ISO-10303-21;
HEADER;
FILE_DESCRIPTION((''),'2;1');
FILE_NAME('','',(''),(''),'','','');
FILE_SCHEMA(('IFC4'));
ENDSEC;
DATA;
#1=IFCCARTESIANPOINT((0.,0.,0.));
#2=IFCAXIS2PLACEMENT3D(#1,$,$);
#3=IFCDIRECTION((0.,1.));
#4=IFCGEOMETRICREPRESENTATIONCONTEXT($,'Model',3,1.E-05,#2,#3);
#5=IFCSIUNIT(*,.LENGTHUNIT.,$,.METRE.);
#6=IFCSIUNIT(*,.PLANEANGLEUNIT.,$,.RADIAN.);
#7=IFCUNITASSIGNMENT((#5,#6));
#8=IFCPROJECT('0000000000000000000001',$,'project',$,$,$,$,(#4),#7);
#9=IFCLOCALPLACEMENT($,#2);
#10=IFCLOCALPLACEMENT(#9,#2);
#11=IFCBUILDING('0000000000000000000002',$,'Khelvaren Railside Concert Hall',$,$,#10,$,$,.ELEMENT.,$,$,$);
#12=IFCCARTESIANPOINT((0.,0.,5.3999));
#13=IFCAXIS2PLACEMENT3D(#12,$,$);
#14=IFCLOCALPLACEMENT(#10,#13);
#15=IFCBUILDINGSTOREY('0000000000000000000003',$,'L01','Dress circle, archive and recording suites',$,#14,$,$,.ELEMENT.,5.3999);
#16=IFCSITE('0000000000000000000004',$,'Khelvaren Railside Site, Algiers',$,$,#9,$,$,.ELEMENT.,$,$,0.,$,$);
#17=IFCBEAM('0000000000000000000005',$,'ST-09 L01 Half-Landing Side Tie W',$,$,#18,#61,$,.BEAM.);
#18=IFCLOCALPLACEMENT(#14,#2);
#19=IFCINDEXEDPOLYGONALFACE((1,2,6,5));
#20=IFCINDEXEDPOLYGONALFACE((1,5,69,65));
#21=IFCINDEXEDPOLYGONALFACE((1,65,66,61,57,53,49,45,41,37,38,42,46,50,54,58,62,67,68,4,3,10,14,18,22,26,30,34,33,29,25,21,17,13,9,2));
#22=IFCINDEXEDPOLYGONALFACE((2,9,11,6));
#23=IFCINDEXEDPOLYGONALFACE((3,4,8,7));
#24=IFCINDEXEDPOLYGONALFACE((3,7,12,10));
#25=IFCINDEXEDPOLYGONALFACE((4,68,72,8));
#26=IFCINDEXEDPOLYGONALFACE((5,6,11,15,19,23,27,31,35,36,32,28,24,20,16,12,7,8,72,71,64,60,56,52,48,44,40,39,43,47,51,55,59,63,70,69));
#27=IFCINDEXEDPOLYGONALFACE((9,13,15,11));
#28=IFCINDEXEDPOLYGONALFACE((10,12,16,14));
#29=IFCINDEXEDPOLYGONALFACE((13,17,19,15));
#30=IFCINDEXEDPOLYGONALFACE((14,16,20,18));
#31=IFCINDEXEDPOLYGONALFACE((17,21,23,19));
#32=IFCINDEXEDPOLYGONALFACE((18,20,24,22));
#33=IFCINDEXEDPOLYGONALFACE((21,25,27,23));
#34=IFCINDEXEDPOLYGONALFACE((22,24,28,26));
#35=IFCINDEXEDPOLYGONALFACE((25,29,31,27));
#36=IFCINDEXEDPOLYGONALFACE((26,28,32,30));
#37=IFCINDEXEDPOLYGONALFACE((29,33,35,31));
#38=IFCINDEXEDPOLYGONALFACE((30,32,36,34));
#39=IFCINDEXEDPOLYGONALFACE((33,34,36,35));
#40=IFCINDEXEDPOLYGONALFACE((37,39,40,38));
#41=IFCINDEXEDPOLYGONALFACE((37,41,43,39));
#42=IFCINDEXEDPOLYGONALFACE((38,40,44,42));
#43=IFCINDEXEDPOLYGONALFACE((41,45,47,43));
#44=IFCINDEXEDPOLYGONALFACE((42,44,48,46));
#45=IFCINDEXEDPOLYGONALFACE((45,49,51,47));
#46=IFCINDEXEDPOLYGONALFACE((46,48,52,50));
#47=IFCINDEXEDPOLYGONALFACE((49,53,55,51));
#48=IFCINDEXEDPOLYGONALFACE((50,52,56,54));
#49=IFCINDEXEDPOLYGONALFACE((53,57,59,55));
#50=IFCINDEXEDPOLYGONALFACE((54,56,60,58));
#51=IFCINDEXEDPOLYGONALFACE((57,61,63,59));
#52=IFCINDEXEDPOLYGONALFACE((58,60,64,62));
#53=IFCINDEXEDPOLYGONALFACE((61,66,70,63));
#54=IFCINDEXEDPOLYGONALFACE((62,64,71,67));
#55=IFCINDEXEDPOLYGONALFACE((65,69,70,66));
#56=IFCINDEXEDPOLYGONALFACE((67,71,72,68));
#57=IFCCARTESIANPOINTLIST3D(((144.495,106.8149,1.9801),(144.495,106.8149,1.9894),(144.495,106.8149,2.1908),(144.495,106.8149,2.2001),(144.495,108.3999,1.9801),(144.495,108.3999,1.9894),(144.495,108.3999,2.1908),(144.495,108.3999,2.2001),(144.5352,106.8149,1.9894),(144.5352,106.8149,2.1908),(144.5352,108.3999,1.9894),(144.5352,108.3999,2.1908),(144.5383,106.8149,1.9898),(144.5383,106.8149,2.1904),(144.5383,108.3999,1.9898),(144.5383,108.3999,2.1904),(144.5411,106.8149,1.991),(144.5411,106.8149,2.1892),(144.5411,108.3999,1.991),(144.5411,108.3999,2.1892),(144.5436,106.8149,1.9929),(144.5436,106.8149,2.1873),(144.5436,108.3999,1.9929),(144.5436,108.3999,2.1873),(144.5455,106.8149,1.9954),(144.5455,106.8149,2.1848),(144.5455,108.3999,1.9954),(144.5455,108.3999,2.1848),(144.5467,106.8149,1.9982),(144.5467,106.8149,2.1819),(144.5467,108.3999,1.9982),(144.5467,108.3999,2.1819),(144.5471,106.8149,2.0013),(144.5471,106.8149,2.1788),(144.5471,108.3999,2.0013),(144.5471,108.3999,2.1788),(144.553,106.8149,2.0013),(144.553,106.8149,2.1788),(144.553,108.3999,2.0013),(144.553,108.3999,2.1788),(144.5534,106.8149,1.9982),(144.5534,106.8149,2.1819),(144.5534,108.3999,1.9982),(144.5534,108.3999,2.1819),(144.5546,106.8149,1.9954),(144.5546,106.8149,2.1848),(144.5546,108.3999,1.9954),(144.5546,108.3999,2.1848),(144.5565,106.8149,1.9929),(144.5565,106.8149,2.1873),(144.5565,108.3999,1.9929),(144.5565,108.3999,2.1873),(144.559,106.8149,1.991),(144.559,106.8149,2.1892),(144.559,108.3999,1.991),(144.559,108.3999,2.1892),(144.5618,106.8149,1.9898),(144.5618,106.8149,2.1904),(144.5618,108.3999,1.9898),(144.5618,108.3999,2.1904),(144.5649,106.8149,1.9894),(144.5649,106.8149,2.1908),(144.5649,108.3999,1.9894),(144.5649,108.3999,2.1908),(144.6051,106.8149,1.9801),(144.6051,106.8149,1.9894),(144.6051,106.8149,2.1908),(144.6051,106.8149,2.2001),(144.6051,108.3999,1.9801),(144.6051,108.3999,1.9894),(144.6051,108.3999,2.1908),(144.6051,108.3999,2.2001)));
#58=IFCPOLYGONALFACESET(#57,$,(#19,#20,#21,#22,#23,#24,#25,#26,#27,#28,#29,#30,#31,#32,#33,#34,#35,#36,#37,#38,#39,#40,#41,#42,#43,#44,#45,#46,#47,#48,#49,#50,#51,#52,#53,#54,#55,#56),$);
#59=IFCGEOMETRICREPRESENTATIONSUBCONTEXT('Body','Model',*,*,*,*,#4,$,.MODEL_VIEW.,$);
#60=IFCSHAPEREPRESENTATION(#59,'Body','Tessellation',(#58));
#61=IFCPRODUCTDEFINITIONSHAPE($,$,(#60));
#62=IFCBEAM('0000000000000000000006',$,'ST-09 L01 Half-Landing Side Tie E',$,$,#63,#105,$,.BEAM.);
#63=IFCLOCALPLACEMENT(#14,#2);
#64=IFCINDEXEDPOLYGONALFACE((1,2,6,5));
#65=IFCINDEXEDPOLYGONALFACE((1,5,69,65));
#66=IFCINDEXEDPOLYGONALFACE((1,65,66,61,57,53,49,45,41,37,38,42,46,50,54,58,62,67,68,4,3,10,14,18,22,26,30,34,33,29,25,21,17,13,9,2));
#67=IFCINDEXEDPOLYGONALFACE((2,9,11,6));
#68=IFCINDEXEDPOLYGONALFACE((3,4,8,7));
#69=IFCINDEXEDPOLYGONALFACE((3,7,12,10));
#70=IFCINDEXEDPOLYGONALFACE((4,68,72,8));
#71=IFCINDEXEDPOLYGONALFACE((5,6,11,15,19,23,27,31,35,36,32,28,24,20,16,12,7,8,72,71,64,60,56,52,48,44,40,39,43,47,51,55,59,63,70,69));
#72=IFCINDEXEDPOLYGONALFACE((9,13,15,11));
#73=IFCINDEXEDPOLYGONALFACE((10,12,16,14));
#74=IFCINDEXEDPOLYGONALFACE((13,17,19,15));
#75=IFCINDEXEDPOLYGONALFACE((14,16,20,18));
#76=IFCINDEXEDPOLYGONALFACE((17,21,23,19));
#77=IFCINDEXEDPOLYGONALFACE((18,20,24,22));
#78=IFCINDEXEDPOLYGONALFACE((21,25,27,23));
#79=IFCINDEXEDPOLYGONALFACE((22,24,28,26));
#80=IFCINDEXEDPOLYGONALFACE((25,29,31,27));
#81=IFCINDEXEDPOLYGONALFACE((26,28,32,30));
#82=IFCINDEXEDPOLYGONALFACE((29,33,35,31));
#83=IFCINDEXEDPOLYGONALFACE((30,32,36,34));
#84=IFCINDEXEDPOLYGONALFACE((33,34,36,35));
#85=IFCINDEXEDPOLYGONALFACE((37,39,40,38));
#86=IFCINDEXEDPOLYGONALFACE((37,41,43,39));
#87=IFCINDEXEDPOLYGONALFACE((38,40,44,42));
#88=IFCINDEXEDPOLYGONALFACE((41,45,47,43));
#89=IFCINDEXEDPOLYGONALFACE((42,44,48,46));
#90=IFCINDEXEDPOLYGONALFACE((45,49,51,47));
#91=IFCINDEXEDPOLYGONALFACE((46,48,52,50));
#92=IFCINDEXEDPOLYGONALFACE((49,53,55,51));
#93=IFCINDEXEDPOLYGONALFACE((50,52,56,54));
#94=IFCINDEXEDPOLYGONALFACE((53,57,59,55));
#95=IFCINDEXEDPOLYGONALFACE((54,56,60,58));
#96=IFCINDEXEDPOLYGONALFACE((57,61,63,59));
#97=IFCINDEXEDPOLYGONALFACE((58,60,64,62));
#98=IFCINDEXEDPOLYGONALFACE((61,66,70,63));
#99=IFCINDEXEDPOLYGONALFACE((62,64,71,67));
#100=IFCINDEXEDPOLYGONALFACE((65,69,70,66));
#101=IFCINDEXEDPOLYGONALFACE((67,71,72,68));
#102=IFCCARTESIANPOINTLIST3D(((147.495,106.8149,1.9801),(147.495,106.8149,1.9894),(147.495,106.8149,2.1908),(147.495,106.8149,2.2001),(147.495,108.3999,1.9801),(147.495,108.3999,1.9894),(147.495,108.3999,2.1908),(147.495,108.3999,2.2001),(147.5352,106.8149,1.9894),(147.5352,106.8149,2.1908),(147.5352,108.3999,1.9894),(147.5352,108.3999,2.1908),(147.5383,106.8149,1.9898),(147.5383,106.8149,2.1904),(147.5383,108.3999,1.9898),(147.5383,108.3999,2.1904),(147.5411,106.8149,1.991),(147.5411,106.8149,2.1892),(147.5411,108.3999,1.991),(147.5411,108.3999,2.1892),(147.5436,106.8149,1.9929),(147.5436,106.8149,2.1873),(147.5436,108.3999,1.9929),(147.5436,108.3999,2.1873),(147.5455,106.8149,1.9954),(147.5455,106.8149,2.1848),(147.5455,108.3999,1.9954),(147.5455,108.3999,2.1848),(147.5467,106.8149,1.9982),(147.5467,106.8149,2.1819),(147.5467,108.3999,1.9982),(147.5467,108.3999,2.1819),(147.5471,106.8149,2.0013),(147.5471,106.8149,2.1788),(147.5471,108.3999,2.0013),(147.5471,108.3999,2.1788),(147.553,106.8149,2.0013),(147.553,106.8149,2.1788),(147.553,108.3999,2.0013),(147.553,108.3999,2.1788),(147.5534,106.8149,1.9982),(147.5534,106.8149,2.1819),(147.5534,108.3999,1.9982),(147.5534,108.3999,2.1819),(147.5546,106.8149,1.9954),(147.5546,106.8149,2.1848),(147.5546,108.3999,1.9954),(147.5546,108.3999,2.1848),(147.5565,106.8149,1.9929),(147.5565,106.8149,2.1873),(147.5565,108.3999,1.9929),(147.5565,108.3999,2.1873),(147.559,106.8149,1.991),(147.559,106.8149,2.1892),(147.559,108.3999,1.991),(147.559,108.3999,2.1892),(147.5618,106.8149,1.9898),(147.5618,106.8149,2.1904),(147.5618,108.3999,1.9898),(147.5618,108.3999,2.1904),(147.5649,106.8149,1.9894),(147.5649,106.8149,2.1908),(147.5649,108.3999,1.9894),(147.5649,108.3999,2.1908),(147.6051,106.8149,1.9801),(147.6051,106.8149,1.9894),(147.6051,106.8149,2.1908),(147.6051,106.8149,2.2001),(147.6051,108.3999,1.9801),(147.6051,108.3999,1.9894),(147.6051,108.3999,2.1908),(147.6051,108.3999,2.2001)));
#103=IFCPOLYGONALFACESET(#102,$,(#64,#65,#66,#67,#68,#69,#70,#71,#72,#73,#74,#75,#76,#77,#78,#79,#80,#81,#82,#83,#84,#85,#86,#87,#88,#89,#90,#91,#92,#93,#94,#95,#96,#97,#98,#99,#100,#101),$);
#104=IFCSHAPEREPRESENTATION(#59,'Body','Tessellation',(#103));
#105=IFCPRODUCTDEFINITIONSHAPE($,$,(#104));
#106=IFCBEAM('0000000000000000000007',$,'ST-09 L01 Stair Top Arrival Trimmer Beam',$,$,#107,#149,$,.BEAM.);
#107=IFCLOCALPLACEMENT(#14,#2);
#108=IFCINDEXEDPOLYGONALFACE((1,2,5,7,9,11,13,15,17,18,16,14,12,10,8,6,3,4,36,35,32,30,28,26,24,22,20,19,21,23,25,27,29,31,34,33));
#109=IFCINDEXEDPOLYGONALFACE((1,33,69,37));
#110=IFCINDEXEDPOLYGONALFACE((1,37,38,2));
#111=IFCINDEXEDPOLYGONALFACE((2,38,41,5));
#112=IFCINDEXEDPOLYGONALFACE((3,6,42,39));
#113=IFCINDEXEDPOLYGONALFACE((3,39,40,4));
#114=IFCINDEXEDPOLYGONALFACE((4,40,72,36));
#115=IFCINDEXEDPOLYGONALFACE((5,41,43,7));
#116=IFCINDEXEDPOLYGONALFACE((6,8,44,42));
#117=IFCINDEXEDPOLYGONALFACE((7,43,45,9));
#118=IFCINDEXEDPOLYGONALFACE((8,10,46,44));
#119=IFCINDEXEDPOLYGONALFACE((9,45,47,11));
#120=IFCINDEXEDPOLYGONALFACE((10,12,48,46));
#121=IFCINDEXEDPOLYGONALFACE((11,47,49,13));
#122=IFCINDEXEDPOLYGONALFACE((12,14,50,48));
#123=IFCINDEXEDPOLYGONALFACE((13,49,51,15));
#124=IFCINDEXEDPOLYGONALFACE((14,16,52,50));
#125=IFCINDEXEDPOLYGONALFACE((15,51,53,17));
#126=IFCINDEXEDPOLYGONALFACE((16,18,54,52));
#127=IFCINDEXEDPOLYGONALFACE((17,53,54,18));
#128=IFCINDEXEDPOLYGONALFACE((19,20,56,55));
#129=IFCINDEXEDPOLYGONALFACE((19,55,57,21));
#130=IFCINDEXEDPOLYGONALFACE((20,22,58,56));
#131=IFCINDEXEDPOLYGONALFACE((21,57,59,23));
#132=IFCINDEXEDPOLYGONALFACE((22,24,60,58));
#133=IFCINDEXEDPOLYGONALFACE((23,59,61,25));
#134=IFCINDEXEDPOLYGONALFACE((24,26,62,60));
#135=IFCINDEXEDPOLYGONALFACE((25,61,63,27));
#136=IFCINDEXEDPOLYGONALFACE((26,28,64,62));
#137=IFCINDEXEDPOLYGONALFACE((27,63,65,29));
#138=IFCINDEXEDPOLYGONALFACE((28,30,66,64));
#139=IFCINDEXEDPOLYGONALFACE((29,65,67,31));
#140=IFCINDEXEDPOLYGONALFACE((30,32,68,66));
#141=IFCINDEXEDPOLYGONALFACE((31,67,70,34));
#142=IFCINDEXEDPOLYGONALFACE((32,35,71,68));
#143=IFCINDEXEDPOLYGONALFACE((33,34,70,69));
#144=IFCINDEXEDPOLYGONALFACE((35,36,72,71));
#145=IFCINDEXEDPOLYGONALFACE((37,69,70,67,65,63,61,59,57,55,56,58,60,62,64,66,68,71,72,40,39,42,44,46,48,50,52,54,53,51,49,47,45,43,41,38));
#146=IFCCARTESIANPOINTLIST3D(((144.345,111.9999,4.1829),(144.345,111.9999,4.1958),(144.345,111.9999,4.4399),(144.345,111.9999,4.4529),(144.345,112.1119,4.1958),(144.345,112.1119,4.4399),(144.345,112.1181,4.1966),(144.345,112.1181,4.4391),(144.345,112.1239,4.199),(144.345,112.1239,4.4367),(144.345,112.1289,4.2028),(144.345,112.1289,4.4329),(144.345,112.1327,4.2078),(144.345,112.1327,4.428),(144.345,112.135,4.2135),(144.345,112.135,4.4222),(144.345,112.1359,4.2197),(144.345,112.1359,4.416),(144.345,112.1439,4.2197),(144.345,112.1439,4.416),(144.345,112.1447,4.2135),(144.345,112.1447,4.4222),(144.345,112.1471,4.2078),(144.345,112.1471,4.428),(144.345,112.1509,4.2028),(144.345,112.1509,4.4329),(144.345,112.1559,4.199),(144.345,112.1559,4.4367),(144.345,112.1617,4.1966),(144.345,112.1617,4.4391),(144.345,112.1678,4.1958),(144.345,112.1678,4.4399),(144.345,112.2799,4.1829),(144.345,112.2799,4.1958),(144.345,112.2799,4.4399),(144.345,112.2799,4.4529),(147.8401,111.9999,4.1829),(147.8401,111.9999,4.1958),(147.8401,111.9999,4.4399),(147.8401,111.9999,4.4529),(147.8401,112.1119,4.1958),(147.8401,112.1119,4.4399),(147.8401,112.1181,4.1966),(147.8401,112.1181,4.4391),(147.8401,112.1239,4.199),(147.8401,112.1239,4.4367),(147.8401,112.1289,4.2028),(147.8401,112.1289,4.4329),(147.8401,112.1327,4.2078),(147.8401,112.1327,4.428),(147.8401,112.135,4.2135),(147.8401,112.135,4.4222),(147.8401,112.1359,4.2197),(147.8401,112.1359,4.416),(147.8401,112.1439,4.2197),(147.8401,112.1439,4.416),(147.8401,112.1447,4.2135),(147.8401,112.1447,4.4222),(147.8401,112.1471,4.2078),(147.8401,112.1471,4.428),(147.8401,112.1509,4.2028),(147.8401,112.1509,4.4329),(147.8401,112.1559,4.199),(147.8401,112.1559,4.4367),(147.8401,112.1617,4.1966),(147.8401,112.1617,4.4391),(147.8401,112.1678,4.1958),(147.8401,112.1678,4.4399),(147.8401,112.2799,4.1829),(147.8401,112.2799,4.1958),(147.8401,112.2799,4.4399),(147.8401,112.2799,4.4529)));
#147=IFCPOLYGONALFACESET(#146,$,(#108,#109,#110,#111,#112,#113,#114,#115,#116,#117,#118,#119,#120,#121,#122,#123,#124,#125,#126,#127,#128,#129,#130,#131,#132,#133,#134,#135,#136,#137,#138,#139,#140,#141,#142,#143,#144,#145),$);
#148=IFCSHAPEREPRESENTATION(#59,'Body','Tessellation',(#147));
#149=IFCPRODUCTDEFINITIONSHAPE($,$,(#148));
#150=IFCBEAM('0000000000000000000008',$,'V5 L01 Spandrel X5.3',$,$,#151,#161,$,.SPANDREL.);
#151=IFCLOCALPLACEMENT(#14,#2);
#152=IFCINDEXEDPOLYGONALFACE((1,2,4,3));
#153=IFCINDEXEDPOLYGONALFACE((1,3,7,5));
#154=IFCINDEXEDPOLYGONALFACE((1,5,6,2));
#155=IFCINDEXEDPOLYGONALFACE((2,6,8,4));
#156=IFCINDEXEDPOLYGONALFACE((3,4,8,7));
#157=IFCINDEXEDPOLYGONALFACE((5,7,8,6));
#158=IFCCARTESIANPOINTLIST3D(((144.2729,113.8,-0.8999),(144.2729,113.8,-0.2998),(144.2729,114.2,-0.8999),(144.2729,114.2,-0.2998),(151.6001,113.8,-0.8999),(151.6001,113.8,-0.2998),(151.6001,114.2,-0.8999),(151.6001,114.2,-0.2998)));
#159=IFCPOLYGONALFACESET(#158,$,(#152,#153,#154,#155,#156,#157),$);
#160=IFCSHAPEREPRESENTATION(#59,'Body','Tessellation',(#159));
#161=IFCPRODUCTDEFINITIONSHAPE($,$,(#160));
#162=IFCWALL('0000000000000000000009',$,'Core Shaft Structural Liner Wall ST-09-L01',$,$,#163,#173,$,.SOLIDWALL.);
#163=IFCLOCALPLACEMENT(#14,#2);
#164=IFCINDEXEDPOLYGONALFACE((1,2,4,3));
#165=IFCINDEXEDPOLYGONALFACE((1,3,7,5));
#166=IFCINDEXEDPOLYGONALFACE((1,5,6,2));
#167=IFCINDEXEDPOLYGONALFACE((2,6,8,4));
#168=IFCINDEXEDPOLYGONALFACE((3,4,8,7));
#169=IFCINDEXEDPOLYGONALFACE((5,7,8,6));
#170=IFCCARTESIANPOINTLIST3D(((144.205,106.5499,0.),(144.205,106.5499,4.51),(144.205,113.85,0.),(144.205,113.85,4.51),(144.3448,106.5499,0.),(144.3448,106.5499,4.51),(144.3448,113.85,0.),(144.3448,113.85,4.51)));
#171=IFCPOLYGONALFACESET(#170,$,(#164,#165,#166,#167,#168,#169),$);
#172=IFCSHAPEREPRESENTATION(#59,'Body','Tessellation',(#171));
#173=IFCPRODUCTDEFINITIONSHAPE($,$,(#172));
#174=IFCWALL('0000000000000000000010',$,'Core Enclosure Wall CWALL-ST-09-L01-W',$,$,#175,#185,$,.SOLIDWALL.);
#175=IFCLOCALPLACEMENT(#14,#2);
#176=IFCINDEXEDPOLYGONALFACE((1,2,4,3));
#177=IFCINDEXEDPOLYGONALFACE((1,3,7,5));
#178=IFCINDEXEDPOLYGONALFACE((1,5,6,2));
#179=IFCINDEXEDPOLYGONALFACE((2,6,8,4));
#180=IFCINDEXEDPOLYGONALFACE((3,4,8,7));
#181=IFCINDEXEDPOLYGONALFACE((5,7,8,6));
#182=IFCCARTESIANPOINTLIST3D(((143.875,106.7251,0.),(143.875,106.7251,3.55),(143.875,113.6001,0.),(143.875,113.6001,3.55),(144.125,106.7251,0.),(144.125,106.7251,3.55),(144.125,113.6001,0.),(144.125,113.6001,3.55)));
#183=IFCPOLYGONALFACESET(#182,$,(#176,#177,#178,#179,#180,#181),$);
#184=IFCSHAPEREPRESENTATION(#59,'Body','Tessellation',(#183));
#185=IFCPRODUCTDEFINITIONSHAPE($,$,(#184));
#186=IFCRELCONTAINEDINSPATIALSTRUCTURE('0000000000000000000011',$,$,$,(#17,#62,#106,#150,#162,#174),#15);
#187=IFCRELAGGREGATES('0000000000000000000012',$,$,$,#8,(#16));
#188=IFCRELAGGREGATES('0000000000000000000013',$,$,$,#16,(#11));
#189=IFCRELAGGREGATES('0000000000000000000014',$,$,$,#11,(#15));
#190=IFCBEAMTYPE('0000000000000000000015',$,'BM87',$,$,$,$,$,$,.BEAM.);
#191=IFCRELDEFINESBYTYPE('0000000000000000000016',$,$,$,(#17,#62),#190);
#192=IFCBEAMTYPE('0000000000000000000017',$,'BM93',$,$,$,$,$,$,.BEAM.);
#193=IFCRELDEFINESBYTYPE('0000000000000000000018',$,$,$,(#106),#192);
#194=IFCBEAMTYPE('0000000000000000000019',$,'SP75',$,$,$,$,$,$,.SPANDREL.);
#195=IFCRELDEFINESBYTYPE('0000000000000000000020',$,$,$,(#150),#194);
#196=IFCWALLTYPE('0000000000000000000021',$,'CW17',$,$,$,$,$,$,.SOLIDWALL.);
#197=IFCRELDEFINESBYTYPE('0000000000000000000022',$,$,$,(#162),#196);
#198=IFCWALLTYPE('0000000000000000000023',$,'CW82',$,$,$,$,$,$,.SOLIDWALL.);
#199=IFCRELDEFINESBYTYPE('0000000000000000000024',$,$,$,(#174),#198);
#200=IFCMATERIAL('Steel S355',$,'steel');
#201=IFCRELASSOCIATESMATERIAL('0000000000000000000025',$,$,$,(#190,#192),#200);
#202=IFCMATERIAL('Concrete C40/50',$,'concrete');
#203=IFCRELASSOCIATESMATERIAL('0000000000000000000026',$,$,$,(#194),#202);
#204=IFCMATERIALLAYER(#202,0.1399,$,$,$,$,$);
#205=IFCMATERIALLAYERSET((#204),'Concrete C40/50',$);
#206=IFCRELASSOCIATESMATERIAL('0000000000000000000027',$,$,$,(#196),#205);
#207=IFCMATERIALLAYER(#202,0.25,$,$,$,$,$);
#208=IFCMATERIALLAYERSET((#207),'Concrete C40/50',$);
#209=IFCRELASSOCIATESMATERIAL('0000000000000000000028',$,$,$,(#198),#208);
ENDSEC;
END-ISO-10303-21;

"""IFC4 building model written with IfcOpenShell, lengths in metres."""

from ifc_helpers import new_model, si_unit, direction, frame, frame_2d, origin, origin_2d, place, context, subcontext, project, spatial, rectangle, i_section, extrude, material, layer, layer_set, material_profile, profile_set, type_object, element, save


model = new_model("IFC4")

# Units and contexts
model_context = context("Model", 3, precision=1e-05, world=origin(), true_north=direction((0.0, 1.0)))
body_context = subcontext(model_context, "Body", "Model", "MODEL_VIEW")
ifc_project = project(units=[si_unit("LENGTHUNIT", "METRE"), si_unit("PLANEANGLEUNIT", "RADIAN")], contexts=[model_context])

# Site, building, storey
site_placement = place(None, origin())
site = spatial("IfcSite", under=ifc_project, at=site_placement, Name="Khelvaren Railside Site, Algiers", CompositionType="ELEMENT", RefElevation=0.0)
building_placement = place(site_placement, origin())
building = spatial("IfcBuilding", under=site, at=building_placement, Name="Khelvaren Railside Concert Hall", CompositionType="ELEMENT")
storey_placement = place(building_placement, frame((0.0, 0.0, 5.3999)))
storey = spatial("IfcBuildingStorey", under=building, at=storey_placement, Name="L01", Description="Dress circle, archive and recording suites", CompositionType="ELEMENT", Elevation=5.3999)

# Beams
ifc_material_1 = material(Name="Steel S355", Category="steel")
ifc_material_2 = material(Name="Concrete C40/50", Category="concrete")
ifc_material_profile_1 = material_profile(ifc_material_1, i_section(OverallWidth=0.1101, OverallDepth=0.22, WebThickness=0.0059, FlangeThickness=0.0093, FilletRadius=0.012, at=origin_2d()), Name="IPE 220")
ifc_profile_set_1 = profile_set([ifc_material_profile_1], Name="Steel S355")
beam_type_1 = type_object("IfcBeamType", Name="BM87", PredefinedType="BEAM", material=ifc_profile_set_1)
for number, where, z_axis, x_axis, name in (
    (1, (144.55, 106.8149, 2.0901), (0.0, 1.0, 0.0), (-1.0, 0.0, 0.0), "ST-09 L01 Half-Landing Side Tie W"),
    (2, (147.55, 106.8149, 2.0901), (0.0, 1.0, 0.0), (-1.0, 0.0, 0.0), "ST-09 L01 Half-Landing Side Tie E"),
):
    element("IfcBeam", number, at=place(storey_placement, frame(where, z_axis=z_axis, x_axis=x_axis)), inside=storey, type_object=beam_type_1, Name=name, PredefinedType="BEAM", context=body_context, shape_type="SweptSolid", body=[
        extrude(i_section(OverallWidth=0.1101, OverallDepth=0.22, WebThickness=0.0059, FlangeThickness=0.0093, FilletRadius=0.012, at=origin_2d()), origin(), (0.0, 0.0, 1.0), 1.585),
    ])
ifc_material_profile_2 = material_profile(ifc_material_1, i_section(OverallWidth=0.28, OverallDepth=0.27, WebThickness=0.0081, FlangeThickness=0.0129, FilletRadius=0.0239, at=origin_2d()), Name="HEA 280")
ifc_profile_set_2 = profile_set([ifc_material_profile_2], Name="Steel S355")
beam_type_2 = type_object("IfcBeamType", Name="BM93", PredefinedType="BEAM", material=ifc_profile_set_2)
beam_1_placement = place(storey_placement, frame((144.345, 112.1399, 4.3179), z_axis=(1.0, 0.0, 0.0), x_axis=(0.0, 1.0, 0.0)))
element("IfcBeam", 3, at=beam_1_placement, inside=storey, type_object=beam_type_2, Name="ST-09 L01 Stair Top Arrival Trimmer Beam", PredefinedType="BEAM", context=body_context, shape_type="SweptSolid", body=[
    extrude(i_section(OverallWidth=0.28, OverallDepth=0.27, WebThickness=0.0081, FlangeThickness=0.0129, FilletRadius=0.0239, at=origin_2d()), origin(), (0.0, 0.0, 1.0), 3.4951),
])
ifc_material_profile_3 = material_profile(ifc_material_2, rectangle(XDim=0.3999, YDim=0.6001, at=origin_2d()), Name="RCB 400x600")
ifc_profile_set_3 = profile_set([ifc_material_profile_3], Name="Concrete C40/50")
beam_type_3 = type_object("IfcBeamType", Name="SP75", PredefinedType="SPANDREL", material=ifc_profile_set_3)
beam_2_placement = place(storey_placement, frame((144.2729, 114.0, -0.5999), z_axis=(1.0, 0.0, 0.0), x_axis=(0.0, 1.0, 0.0)))
element("IfcBeam", 4, at=beam_2_placement, inside=storey, type_object=beam_type_3, Name="V5 L01 Spandrel X5.3", PredefinedType="SPANDREL", context=body_context, shape_type="SweptSolid", body=[
    extrude(rectangle(XDim=0.3999, YDim=0.6001, at=origin_2d()), origin(), (0.0, 0.0, 1.0), 7.3271),
])

# Walls
ifc_layer_1 = layer(ifc_material_2, 0.1399)
ifc_layer_set_1 = layer_set([ifc_layer_1], Name="Concrete C40/50")
wall_type_1 = type_object("IfcWallType", Name="CW17", PredefinedType="SOLIDWALL", material=ifc_layer_set_1)
wall_1_placement = place(storey_placement, frame((144.2749, 106.55, 0.0), z_axis=(0.0, 0.0, 1.0), x_axis=(0.0, 1.0, 0.0)))
element("IfcWall", 5, at=wall_1_placement, inside=storey, type_object=wall_type_1, Name="Core Shaft Structural Liner Wall ST-09-L01", PredefinedType="SOLIDWALL", context=body_context, shape_type="SweptSolid", body=[
    extrude(rectangle(XDim=7.3, YDim=0.1399, at=frame_2d((3.6499, 0.0))), origin(), (0.0, 0.0, 1.0), 4.51),
])
ifc_layer_2 = layer(ifc_material_2, 0.25)
ifc_layer_set_2 = layer_set([ifc_layer_2], Name="Concrete C40/50")
wall_type_2 = type_object("IfcWallType", Name="CW82", PredefinedType="SOLIDWALL", material=ifc_layer_set_2)
wall_2_placement = place(storey_placement, frame((144.0, 106.7251, 0.0), z_axis=(0.0, 0.0, 1.0), x_axis=(0.0, 1.0, 0.0)))
element("IfcWall", 6, at=wall_2_placement, inside=storey, type_object=wall_type_2, Name="Core Enclosure Wall CWALL-ST-09-L01-W", PredefinedType="SOLIDWALL", context=body_context, shape_type="SweptSolid", body=[
    extrude(rectangle(XDim=6.875, YDim=0.25, at=frame_2d((3.4375, 0.0))), origin(), (0.0, 0.0, 1.0), 3.55),
])

save(model, "model.ifc")
